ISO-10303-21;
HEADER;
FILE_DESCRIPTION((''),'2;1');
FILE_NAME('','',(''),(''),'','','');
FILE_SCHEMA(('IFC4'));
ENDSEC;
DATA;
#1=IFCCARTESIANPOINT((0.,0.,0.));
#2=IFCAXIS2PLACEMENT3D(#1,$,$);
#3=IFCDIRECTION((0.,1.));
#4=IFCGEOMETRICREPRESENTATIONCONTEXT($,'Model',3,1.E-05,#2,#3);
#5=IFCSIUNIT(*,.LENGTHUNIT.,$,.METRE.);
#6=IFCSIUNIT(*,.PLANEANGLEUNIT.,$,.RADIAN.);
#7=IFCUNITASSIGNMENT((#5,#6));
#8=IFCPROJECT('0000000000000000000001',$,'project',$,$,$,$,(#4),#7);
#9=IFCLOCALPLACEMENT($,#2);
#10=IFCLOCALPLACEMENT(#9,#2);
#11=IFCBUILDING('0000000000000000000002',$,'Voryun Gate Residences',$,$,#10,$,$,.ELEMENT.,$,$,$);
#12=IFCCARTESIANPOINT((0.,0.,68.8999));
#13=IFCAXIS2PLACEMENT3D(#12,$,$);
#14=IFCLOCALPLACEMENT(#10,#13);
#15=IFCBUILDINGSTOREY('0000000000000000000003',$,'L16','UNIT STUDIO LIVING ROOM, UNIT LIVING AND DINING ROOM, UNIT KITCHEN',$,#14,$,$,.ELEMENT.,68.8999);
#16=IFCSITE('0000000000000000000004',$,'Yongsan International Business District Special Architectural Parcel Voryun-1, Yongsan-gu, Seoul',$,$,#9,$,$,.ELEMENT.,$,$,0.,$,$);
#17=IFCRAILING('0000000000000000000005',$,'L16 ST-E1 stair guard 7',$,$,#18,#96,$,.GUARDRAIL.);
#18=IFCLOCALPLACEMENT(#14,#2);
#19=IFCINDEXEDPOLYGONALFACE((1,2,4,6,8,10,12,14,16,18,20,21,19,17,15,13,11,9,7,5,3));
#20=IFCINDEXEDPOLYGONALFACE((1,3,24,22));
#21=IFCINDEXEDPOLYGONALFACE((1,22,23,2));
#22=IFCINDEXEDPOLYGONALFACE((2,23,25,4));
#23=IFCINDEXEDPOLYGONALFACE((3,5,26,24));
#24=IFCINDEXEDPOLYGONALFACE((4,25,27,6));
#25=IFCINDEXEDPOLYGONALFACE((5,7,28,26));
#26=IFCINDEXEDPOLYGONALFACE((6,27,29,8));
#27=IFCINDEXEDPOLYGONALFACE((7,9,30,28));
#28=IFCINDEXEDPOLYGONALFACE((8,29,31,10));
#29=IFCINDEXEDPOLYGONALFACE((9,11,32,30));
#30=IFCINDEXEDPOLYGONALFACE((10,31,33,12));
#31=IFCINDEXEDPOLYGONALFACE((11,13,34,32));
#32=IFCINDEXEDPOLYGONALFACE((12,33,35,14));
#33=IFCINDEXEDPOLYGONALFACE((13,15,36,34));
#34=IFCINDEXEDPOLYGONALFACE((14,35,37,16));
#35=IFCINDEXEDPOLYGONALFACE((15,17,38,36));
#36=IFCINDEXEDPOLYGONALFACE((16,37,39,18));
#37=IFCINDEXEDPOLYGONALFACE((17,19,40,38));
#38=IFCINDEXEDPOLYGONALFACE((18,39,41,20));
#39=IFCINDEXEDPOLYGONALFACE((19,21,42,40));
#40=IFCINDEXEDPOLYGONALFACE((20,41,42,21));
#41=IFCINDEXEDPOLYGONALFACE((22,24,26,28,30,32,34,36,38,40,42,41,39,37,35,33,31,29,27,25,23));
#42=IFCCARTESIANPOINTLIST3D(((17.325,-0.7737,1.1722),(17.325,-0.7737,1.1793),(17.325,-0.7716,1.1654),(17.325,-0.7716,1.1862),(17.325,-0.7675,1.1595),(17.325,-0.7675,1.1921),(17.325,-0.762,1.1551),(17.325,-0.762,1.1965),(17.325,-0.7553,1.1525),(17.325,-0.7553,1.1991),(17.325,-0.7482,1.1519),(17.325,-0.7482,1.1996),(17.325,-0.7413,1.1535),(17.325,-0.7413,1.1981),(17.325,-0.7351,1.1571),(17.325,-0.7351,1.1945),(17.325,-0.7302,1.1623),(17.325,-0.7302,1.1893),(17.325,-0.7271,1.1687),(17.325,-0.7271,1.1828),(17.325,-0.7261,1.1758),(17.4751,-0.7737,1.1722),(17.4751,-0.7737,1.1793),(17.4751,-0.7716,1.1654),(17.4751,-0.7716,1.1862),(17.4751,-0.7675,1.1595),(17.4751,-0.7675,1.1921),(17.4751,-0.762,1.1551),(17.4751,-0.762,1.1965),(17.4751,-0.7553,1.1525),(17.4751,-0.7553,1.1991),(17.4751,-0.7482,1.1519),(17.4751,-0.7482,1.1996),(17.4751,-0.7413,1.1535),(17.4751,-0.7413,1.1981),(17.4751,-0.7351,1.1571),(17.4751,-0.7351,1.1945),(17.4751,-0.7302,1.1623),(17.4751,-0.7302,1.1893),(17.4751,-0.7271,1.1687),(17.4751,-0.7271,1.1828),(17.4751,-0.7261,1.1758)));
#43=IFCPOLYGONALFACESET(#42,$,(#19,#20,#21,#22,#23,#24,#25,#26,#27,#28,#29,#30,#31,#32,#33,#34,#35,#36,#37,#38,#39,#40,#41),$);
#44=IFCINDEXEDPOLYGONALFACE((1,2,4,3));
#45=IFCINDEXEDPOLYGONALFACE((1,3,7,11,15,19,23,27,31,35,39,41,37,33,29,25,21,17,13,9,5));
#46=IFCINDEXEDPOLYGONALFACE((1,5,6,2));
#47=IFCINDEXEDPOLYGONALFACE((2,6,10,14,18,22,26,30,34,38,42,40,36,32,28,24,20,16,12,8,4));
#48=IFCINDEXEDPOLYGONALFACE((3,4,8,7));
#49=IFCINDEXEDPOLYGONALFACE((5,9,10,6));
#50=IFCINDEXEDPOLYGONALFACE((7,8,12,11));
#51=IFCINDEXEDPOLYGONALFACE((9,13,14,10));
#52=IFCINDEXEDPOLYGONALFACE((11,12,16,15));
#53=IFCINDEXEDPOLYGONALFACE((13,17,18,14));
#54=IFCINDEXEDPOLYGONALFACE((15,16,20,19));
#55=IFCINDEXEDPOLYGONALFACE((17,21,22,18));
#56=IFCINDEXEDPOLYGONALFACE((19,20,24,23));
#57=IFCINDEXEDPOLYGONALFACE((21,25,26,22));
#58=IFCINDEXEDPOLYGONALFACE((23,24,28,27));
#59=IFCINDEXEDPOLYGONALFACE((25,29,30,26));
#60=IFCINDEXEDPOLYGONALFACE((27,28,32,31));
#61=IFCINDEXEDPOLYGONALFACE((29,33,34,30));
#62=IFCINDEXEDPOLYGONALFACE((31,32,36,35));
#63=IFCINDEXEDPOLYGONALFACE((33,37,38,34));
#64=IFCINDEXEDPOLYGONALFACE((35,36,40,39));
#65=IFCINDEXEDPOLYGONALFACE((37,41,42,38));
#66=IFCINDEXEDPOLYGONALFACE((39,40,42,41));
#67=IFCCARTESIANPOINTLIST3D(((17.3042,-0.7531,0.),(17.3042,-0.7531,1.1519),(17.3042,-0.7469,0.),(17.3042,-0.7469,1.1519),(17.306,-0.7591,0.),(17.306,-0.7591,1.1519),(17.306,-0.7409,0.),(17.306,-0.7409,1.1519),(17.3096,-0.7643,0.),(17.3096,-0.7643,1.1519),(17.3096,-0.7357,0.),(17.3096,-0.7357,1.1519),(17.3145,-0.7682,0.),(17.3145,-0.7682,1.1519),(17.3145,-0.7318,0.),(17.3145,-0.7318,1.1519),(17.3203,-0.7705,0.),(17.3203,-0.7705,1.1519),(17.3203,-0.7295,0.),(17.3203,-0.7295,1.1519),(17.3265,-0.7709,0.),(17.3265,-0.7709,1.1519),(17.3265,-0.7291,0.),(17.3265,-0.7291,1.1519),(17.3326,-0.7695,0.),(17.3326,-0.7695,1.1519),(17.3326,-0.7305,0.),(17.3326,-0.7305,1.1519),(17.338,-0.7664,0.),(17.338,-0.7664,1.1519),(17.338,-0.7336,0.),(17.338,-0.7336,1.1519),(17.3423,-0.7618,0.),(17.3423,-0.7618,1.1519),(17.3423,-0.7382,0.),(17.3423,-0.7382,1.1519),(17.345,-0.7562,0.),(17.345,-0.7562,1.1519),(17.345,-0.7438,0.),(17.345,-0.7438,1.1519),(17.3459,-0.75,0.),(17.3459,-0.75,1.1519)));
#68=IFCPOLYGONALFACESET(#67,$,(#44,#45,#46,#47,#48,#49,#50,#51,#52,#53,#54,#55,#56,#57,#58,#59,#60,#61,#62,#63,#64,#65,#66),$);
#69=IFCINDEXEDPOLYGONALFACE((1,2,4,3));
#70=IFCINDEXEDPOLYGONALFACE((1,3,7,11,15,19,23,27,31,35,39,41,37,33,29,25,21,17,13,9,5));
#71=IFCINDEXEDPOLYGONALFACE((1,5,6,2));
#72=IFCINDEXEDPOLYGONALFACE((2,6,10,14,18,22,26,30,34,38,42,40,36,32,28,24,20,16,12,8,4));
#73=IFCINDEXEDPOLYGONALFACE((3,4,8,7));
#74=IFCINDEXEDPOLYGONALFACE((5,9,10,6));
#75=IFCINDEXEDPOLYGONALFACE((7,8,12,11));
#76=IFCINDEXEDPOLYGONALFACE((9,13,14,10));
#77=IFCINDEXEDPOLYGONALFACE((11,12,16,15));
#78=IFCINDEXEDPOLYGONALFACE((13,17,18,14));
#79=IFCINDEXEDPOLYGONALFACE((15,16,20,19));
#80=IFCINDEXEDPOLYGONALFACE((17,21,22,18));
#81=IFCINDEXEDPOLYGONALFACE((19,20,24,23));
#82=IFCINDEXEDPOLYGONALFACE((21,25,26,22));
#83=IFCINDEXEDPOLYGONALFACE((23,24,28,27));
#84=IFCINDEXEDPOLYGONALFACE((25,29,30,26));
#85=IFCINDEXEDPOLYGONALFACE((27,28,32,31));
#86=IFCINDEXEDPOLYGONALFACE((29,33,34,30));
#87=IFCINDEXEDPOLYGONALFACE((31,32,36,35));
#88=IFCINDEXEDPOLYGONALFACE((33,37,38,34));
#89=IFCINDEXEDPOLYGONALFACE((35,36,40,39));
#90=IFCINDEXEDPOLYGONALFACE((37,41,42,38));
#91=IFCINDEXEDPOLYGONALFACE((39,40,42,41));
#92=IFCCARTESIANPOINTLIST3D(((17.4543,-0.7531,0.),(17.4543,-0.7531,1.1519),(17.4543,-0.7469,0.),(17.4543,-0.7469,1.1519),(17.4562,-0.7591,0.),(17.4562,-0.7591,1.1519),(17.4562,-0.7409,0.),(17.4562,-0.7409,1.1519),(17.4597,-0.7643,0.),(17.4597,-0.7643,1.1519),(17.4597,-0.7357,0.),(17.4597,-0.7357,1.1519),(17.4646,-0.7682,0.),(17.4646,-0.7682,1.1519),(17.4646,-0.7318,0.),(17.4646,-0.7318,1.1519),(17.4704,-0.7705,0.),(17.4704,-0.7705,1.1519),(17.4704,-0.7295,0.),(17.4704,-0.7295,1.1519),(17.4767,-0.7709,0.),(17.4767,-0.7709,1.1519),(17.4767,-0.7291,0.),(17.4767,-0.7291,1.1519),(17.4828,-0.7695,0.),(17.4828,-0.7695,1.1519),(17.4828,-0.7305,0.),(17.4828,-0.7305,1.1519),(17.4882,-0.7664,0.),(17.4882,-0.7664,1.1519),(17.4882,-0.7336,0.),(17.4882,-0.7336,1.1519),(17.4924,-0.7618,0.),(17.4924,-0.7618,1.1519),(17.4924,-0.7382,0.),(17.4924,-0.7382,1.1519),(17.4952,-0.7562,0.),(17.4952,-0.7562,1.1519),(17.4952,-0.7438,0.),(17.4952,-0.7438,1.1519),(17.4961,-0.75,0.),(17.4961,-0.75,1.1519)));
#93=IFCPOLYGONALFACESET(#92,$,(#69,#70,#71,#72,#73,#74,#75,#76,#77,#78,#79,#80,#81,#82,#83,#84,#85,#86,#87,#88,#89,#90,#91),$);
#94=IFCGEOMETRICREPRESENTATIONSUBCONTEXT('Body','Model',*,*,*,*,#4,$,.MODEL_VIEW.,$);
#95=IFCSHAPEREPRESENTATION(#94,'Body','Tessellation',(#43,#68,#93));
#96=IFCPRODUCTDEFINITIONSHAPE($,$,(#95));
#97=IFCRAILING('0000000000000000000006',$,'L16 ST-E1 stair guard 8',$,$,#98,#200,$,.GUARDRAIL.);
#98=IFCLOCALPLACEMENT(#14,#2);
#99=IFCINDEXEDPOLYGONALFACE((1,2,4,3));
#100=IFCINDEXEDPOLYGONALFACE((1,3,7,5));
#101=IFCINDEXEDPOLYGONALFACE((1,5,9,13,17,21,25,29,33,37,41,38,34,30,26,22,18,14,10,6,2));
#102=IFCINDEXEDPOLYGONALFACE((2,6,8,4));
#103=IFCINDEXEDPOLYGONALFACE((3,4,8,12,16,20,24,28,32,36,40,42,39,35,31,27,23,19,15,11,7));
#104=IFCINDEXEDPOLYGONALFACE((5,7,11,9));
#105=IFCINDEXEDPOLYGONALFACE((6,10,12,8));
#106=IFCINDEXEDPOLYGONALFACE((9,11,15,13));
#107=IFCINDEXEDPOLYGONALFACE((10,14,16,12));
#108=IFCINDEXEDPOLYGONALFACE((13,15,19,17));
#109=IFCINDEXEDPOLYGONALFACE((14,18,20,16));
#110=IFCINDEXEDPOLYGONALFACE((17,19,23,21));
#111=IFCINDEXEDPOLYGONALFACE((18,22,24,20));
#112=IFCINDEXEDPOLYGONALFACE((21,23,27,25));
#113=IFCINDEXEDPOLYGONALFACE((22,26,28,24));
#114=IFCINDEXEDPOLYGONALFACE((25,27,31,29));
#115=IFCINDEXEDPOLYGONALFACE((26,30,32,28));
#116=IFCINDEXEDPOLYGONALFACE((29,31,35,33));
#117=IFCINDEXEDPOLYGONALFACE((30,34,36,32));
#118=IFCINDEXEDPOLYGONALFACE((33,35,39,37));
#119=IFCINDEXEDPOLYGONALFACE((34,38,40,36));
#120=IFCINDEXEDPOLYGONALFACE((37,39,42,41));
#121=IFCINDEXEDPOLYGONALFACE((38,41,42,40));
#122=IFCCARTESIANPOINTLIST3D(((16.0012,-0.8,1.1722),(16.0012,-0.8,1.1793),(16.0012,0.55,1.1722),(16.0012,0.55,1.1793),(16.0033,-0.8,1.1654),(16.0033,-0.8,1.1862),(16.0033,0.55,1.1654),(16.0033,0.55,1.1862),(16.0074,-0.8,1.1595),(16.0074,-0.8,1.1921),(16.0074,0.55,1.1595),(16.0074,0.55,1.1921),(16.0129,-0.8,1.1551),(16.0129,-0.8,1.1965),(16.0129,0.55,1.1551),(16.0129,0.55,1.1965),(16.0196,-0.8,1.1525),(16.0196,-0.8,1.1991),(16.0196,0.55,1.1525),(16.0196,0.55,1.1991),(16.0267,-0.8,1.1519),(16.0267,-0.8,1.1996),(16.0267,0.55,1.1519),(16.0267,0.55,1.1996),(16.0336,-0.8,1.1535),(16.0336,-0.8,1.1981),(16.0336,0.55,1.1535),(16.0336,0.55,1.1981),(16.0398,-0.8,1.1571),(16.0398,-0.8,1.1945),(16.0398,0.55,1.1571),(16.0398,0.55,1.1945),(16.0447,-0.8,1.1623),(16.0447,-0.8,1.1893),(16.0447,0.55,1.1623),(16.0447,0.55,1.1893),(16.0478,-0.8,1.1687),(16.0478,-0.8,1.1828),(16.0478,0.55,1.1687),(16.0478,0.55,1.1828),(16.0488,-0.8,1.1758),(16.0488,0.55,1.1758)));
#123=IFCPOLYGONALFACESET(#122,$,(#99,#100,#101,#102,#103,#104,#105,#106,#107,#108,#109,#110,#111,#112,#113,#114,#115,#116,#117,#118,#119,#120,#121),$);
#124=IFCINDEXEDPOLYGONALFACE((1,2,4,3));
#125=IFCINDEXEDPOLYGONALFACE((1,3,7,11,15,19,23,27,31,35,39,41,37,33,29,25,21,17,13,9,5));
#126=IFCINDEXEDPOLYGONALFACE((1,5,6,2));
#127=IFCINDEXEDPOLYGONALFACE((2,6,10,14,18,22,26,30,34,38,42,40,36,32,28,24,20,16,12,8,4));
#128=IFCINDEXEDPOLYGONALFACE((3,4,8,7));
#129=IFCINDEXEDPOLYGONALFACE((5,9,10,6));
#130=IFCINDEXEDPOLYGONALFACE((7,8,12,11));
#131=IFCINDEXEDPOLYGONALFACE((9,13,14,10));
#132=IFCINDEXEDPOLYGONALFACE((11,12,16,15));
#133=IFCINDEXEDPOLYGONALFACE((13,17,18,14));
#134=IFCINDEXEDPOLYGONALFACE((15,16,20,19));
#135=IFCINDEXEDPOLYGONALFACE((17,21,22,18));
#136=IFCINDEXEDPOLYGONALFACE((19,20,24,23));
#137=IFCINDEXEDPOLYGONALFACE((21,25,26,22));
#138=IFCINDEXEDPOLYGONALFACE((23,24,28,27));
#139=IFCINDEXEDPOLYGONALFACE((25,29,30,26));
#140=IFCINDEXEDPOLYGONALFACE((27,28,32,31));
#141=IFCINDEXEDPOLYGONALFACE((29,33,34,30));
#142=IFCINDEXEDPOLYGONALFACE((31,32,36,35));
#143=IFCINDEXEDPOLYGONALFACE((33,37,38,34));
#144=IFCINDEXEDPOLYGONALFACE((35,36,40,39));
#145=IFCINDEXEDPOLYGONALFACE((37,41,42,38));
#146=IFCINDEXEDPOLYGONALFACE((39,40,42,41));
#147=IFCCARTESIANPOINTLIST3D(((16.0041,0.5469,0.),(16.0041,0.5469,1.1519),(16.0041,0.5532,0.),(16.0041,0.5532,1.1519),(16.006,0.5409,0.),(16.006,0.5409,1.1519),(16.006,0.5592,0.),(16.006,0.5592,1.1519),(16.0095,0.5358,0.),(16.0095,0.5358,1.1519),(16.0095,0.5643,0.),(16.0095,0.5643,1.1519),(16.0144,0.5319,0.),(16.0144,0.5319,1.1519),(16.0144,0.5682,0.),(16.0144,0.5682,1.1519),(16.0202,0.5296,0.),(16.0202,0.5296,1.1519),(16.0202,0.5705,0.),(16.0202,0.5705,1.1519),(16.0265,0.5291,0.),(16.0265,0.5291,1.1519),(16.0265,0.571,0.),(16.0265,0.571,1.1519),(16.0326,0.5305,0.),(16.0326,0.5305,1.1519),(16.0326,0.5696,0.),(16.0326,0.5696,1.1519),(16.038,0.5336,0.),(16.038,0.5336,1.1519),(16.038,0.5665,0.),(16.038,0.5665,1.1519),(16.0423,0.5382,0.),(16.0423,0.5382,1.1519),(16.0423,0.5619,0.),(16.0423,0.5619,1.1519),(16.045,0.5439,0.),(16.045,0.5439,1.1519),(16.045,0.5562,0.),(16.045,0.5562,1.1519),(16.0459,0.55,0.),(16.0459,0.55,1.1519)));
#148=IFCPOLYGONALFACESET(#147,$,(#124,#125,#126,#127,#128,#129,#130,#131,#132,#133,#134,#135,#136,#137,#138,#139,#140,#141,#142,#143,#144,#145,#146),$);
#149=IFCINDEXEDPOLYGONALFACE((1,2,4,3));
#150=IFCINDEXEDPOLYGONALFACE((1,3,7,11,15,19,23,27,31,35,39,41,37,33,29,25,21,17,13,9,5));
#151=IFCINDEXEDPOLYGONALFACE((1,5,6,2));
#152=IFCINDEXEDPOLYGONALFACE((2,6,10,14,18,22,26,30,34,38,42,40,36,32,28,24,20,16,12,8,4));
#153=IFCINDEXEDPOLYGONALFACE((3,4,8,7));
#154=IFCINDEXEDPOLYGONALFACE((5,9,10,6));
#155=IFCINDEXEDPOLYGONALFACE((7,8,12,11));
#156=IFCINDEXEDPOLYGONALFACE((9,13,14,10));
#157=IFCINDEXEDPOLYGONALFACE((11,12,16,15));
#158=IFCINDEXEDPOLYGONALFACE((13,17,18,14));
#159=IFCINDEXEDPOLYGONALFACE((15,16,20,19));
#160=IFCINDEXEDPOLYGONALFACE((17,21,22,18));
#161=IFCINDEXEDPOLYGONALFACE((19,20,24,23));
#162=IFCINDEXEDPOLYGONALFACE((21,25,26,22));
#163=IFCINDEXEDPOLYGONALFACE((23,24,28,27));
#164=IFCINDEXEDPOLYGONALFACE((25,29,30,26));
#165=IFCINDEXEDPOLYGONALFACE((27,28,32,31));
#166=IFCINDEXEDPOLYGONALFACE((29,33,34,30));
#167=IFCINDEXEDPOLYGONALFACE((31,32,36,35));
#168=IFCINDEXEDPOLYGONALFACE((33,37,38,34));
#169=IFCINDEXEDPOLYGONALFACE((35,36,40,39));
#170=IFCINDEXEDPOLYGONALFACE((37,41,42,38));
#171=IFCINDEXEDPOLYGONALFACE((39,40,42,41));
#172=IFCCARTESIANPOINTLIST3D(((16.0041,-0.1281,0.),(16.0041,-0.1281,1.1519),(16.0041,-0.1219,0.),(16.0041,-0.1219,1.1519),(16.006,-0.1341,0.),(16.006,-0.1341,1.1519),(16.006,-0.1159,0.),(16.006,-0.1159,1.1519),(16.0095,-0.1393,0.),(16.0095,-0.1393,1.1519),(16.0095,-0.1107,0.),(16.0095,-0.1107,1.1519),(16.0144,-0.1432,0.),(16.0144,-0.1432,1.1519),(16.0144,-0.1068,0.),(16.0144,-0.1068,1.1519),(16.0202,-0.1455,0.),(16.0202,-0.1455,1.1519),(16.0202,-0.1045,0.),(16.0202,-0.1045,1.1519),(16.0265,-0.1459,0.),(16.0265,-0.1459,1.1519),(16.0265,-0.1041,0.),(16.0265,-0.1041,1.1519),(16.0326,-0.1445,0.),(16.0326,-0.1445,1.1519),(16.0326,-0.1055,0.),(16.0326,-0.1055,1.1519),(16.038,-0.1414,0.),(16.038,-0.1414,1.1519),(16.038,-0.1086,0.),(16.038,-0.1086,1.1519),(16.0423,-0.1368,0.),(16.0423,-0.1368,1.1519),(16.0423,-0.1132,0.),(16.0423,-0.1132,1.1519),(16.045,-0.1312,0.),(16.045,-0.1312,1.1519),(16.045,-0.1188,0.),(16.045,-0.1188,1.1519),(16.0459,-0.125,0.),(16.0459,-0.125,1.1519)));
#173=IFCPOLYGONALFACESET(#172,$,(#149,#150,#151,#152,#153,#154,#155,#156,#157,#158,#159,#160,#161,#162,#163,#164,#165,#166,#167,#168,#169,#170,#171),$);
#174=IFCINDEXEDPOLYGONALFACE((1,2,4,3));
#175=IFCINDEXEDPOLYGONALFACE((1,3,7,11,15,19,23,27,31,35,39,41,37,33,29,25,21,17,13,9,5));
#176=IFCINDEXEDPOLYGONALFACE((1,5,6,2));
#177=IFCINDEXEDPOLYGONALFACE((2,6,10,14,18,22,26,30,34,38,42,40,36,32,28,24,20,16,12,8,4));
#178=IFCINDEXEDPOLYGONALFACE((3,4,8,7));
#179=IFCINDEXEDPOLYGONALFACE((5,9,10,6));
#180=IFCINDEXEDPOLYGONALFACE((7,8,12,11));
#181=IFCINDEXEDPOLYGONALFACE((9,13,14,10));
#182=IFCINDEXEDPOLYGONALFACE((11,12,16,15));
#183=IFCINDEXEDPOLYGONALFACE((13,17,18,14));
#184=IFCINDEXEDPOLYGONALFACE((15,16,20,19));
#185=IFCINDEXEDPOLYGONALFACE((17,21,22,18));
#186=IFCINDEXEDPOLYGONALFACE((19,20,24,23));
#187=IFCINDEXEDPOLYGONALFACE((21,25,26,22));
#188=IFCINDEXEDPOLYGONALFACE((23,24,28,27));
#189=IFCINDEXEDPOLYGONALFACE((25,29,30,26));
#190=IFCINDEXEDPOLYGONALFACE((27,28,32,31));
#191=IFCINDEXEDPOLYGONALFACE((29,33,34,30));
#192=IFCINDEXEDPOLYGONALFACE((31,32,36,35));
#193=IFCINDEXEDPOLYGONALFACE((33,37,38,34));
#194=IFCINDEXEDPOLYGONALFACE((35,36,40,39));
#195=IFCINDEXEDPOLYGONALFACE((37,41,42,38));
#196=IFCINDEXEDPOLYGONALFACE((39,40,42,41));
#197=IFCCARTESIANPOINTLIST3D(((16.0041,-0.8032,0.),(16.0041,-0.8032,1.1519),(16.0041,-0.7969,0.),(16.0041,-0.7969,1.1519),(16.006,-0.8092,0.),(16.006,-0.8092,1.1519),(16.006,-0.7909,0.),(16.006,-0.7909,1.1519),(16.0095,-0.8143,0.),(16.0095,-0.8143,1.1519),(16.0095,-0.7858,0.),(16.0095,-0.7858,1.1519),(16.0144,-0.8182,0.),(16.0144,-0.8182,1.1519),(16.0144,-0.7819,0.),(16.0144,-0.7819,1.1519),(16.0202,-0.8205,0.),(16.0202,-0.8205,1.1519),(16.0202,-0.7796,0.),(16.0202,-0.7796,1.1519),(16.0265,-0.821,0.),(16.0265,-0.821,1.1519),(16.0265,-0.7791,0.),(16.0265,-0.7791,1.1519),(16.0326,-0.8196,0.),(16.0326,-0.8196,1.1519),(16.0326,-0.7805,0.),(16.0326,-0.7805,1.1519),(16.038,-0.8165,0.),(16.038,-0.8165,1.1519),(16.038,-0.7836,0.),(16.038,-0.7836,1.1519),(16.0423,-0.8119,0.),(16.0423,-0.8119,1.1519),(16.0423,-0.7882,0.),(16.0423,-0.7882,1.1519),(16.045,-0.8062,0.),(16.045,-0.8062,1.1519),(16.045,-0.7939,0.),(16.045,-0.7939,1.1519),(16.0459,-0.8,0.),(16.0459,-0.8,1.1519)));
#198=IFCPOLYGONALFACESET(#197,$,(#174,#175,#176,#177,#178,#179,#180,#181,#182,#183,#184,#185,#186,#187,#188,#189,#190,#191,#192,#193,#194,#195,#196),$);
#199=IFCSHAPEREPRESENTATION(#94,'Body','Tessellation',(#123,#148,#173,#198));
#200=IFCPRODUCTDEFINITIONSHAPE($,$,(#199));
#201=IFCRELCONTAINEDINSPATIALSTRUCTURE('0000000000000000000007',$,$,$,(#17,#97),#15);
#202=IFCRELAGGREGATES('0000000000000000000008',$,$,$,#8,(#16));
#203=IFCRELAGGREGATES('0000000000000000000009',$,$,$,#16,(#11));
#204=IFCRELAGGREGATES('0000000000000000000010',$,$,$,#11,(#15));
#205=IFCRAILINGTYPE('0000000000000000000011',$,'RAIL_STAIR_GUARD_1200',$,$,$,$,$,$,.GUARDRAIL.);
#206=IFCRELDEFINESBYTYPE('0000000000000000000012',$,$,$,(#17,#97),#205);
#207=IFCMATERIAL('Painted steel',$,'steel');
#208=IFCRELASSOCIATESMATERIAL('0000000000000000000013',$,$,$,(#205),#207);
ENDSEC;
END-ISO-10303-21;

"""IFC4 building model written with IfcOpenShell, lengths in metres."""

from ifc_helpers import new_model, si_unit, direction, frame, origin, origin_2d, place, context, subcontext, project, spatial, circle, extrude, material, type_object, element, save


model = new_model("IFC4")

# Units and contexts
model_context = context("Model", 3, precision=1e-05, world=origin(), true_north=direction((0.0, 1.0)))
body_context = subcontext(model_context, "Body", "Model", "MODEL_VIEW")
ifc_project = project(units=[si_unit("LENGTHUNIT", "METRE"), si_unit("PLANEANGLEUNIT", "RADIAN")], contexts=[model_context])

# Site, building, storey
site_placement = place(None, origin())
site = spatial("IfcSite", under=ifc_project, at=site_placement, Name="Yongsan International Business District Special Architectural Parcel Voryun-1, Yongsan-gu, Seoul", CompositionType="ELEMENT", RefElevation=0.0)
building_placement = place(site_placement, origin())
building = spatial("IfcBuilding", under=site, at=building_placement, Name="Voryun Gate Residences", CompositionType="ELEMENT")
storey_placement = place(building_placement, frame((0.0, 0.0, 68.8999)))
storey = spatial("IfcBuildingStorey", under=building, at=storey_placement, Name="L16", Description="UNIT STUDIO LIVING ROOM, UNIT LIVING AND DINING ROOM, UNIT KITCHEN", CompositionType="ELEMENT", Elevation=68.8999)

# Railings
ifc_material_1 = material(Name="Painted steel", Category="steel")
railing_type_1 = type_object("IfcRailingType", Name="RAIL_STAIR_GUARD_1200", PredefinedType="GUARDRAIL", material=ifc_material_1)
railing_1_placement = place(storey_placement, frame((17.325, -0.75, 0.0)))
element("IfcRailing", 1, at=railing_1_placement, inside=storey, type_object=railing_type_1, Name="L16 ST-E1 stair guard 7", PredefinedType="GUARDRAIL", context=body_context, shape_type="SweptSolid", body=[
    extrude(circle(Radius=0.0239, at=origin_2d()), frame((0.0, 0.0, 1.1758), z_axis=(1.0, 0.0, 0.0), x_axis=(0.0, 1.0, 0.0)), (0.0, 0.0, 1.0), 0.1501),
    extrude(circle(Radius=0.021, at=origin_2d()), origin(), (0.0, 0.0, 1.0), 1.1519),
    extrude(circle(Radius=0.021, at=origin_2d()), frame((0.1501, 0.0, 0.0)), (0.0, 0.0, 1.0), 1.1519),
])
for number, where, name in (
    (2, (16.0249, 0.55, 0.0), "L16 ST-E1 stair guard 8"),
):
    element("IfcRailing", number, at=place(storey_placement, frame(where)), inside=storey, type_object=railing_type_1, Name=name, PredefinedType="GUARDRAIL", context=body_context, shape_type="SweptSolid", body=[
        extrude(circle(Radius=0.0239, at=origin_2d()), frame((0.0, 0.0, 1.1758), z_axis=(0.0, -1.0, 0.0), x_axis=(1.0, 0.0, 0.0)), (0.0, 0.0, 1.0), 1.3501),
        extrude(circle(Radius=0.021, at=origin_2d()), origin(), (0.0, 0.0, 1.0), 1.1519),
        extrude(circle(Radius=0.021, at=origin_2d()), frame((0.0, -0.675, 0.0)), (0.0, 0.0, 1.0), 1.1519),
        extrude(circle(Radius=0.021, at=origin_2d()), frame((0.0, -1.3501, 0.0)), (0.0, 0.0, 1.0), 1.1519),
    ])

save(model, "model.ifc")
